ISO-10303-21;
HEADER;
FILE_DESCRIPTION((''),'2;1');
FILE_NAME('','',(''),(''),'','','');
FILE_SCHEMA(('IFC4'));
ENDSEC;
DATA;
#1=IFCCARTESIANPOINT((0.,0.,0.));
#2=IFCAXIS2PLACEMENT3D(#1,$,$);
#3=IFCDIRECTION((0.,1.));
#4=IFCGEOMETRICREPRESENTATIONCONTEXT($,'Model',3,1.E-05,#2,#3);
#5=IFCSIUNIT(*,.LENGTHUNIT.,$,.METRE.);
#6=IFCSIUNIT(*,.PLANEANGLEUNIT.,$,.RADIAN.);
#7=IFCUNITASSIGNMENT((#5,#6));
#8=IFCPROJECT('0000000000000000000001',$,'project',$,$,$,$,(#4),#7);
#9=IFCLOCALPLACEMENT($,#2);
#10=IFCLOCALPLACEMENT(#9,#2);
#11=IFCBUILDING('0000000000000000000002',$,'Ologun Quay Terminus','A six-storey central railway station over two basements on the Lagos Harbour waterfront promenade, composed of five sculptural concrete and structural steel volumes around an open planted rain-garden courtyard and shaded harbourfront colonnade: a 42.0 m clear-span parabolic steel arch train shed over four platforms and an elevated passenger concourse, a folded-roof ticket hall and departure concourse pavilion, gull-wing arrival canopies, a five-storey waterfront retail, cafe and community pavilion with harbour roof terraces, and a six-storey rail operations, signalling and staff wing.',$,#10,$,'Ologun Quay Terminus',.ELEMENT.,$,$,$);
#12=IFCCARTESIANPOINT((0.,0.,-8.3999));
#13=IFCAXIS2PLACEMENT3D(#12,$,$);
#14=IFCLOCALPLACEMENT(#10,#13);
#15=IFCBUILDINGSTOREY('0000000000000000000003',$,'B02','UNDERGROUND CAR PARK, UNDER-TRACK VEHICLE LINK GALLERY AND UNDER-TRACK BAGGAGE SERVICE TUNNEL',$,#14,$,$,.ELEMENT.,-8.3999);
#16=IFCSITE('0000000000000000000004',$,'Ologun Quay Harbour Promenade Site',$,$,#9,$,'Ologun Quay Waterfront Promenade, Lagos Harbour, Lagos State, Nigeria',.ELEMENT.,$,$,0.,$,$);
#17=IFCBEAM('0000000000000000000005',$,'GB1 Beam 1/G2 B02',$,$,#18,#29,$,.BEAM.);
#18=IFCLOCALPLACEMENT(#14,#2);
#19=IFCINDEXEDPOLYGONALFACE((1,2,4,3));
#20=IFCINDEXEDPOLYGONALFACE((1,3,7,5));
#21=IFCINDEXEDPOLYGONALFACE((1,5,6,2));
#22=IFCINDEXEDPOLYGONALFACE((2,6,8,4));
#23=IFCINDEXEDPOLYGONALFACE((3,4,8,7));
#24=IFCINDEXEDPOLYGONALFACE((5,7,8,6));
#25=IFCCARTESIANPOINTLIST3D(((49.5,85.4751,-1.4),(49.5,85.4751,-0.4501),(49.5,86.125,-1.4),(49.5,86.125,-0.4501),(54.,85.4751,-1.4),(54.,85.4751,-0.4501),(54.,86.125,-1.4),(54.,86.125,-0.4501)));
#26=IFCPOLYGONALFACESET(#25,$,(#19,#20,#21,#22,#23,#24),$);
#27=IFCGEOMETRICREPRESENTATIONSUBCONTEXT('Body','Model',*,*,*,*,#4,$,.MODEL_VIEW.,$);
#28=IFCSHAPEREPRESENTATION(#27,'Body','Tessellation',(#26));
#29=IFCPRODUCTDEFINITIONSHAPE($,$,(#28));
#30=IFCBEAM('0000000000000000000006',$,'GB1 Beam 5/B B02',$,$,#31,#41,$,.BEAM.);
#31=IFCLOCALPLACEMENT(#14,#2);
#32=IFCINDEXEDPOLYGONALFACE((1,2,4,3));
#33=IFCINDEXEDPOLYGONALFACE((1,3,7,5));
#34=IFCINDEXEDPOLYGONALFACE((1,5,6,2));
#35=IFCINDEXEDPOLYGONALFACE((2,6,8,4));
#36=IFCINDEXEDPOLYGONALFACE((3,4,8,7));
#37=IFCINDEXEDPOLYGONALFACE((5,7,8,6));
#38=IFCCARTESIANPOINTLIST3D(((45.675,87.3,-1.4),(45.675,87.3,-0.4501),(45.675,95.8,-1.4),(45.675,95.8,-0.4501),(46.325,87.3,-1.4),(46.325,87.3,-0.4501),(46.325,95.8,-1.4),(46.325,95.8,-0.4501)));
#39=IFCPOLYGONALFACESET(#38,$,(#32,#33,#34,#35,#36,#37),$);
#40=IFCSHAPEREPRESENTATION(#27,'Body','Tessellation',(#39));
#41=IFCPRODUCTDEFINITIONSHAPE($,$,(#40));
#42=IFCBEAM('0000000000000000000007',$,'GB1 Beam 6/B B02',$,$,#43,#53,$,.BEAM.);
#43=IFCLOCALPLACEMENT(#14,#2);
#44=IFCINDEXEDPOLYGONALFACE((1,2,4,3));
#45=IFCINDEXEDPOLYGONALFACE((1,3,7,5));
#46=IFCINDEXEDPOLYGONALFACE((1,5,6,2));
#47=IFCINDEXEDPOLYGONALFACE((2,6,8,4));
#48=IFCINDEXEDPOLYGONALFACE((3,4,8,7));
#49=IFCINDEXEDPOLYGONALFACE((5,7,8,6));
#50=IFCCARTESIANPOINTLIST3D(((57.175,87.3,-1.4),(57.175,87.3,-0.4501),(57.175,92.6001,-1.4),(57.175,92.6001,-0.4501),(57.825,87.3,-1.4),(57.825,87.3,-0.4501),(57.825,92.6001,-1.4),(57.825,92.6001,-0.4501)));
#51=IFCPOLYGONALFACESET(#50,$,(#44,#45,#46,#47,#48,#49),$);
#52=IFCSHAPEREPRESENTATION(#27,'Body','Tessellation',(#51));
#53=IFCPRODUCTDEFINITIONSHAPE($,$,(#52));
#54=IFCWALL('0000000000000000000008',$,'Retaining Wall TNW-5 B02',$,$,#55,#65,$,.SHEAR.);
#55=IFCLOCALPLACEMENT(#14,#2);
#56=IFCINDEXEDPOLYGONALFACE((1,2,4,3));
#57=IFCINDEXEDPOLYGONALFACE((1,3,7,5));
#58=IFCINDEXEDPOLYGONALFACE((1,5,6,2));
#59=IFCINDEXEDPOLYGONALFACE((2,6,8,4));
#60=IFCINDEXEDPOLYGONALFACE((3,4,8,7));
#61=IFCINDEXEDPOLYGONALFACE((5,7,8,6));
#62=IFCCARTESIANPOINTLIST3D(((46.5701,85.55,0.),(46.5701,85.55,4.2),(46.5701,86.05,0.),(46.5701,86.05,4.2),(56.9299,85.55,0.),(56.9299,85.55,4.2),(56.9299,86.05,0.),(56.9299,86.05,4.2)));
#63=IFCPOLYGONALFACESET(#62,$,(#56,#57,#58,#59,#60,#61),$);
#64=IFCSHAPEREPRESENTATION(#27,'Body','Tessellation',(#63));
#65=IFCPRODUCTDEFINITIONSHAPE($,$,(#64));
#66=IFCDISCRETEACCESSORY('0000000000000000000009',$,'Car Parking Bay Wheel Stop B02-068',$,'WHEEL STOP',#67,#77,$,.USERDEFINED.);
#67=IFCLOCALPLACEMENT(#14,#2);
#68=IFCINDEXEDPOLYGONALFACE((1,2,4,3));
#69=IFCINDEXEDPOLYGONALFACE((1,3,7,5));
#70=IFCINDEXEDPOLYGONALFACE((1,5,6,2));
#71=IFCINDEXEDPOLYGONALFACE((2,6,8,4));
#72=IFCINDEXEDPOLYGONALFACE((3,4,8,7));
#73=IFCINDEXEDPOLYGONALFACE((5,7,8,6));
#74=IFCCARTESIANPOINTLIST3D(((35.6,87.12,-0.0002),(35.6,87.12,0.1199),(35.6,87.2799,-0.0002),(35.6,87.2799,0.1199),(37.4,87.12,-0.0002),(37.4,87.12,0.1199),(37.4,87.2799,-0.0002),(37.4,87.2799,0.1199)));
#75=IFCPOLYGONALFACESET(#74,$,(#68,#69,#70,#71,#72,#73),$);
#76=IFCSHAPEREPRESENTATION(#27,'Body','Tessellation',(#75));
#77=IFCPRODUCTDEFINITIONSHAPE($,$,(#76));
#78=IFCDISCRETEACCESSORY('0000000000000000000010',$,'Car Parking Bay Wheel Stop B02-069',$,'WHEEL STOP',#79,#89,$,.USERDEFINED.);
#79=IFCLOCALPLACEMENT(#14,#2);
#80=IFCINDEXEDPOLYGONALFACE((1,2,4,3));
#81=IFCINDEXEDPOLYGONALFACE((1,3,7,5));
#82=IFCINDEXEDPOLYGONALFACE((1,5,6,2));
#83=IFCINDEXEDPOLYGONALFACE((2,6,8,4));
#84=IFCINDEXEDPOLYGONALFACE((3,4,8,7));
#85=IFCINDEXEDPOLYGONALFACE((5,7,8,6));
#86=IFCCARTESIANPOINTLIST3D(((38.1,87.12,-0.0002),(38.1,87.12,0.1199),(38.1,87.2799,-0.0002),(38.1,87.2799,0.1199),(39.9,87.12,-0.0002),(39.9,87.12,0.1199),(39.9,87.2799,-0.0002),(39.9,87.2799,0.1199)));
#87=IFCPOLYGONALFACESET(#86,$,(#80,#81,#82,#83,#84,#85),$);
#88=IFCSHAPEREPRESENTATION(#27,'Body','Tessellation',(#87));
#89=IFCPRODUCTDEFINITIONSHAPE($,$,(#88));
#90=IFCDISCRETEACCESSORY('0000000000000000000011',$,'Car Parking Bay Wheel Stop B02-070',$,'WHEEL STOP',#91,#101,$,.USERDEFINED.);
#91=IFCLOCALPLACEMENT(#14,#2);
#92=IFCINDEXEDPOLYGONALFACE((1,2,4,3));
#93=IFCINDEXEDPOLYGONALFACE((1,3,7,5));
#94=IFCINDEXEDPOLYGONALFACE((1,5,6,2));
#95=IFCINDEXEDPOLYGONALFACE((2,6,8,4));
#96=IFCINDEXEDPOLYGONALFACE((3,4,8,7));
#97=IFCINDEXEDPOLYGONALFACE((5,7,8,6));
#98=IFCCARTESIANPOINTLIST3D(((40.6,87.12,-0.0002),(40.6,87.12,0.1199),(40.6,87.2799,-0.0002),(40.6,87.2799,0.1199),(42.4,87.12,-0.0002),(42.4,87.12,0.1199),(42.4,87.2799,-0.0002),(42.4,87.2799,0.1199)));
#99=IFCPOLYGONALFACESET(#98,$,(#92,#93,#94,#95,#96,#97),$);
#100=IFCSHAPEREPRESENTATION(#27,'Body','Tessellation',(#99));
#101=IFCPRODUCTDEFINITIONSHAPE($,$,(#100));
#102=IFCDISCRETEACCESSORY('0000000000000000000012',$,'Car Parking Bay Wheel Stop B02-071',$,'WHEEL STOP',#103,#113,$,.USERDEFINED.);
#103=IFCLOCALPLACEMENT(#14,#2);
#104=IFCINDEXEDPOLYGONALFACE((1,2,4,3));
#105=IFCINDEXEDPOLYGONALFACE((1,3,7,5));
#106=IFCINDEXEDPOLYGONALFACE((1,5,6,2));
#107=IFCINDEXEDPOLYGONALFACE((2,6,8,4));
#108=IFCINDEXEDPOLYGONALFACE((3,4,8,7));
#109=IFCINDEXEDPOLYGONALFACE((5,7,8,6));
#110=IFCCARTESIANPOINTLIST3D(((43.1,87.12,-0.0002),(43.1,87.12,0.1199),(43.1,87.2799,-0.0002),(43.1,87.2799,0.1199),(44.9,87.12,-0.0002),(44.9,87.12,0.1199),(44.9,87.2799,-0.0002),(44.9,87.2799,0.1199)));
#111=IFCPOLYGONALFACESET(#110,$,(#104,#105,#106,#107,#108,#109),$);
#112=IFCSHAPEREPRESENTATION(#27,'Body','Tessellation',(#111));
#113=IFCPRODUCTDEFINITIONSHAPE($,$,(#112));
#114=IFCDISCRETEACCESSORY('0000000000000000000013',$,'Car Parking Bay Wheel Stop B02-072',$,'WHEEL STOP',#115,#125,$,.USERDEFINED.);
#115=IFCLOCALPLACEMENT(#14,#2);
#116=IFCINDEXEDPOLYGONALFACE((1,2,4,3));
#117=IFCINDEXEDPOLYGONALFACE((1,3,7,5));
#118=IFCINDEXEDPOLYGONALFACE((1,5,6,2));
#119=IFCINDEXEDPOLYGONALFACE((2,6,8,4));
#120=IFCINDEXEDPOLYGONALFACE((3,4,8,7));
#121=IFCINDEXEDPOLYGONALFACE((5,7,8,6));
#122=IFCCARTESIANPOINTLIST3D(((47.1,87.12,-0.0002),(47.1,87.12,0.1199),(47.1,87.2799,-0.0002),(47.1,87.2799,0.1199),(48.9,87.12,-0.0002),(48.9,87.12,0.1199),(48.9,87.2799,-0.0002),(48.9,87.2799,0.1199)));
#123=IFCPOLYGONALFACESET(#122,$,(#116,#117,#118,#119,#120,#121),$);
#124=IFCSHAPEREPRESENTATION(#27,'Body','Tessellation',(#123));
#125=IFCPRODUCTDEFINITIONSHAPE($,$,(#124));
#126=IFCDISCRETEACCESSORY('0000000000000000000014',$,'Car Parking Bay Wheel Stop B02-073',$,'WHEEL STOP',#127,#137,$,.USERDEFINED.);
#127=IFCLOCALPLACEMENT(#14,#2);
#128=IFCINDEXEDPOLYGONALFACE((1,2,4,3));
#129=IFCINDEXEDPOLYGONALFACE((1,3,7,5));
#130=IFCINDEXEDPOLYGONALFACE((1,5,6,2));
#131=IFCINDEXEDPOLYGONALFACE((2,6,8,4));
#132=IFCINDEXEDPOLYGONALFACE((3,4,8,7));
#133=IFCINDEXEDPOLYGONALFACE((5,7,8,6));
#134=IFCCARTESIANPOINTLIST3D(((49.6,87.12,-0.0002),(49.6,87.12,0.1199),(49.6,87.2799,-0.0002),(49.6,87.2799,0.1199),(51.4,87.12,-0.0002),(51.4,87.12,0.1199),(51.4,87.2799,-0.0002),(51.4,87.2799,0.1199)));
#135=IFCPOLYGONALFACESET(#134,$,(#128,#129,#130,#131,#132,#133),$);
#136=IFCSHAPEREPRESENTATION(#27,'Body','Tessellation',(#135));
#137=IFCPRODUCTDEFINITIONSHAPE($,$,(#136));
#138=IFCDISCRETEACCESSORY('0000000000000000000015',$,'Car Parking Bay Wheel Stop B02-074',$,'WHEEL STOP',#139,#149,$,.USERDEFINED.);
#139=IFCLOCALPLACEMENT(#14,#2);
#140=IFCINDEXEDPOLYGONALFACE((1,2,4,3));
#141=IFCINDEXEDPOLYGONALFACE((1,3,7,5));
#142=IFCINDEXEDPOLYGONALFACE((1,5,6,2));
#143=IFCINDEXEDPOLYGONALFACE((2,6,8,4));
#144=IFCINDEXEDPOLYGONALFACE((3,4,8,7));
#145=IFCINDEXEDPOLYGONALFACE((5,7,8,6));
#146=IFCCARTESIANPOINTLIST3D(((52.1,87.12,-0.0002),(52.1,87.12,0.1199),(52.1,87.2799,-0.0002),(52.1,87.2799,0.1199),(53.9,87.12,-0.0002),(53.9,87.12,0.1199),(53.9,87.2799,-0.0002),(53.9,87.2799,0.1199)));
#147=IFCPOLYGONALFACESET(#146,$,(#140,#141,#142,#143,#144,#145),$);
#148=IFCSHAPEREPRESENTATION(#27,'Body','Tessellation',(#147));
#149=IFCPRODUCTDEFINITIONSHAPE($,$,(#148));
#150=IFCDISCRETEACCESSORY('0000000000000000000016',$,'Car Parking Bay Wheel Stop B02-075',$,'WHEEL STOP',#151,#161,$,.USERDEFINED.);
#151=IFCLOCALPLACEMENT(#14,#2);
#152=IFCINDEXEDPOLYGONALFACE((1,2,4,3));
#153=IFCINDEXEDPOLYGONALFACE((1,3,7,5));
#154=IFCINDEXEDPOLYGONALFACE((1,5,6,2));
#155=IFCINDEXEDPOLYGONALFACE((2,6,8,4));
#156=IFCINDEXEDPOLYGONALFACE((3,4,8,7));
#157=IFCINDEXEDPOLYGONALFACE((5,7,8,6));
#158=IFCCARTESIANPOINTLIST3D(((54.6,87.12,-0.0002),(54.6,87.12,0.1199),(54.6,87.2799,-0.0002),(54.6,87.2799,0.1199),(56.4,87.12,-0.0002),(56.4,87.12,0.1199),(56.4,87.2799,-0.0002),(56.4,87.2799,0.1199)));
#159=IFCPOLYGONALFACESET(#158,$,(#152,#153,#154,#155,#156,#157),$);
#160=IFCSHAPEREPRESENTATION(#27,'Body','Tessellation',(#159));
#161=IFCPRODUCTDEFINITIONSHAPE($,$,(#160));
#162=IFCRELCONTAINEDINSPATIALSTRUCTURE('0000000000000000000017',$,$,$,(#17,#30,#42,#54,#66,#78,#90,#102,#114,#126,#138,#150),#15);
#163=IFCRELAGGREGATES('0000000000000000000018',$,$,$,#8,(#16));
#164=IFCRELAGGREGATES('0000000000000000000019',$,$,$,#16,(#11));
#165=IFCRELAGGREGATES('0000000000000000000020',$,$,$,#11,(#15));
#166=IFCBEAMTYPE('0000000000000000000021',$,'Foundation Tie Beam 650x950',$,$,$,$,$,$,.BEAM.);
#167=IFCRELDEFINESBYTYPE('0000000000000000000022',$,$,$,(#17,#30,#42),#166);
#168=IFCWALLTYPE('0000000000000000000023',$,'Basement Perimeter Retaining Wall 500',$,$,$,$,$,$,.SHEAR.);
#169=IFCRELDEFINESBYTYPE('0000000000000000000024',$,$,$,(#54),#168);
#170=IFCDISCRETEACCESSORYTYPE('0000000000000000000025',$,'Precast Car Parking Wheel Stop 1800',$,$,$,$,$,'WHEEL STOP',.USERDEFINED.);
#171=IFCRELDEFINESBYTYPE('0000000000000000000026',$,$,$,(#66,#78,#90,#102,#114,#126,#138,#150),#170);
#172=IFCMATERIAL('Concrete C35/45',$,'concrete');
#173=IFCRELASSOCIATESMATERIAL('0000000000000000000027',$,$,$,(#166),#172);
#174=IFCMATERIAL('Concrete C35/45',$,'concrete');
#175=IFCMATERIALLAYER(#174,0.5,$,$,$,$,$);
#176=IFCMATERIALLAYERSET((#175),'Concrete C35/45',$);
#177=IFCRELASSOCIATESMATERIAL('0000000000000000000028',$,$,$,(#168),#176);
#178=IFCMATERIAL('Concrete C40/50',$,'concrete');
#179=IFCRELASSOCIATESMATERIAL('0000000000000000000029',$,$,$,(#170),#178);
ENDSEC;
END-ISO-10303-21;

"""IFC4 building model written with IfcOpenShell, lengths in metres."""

from ifc_helpers import new_model, si_unit, direction, frame, frame_2d, origin, origin_2d, place, context, subcontext, project, spatial, rectangle, extrude, material, layer, layer_set, material_profile, profile_set, type_object, element, save


model = new_model("IFC4")

# Units and contexts
model_context = context("Model", 3, precision=1e-05, world=origin(), true_north=direction((0.0, 1.0)))
body_context = subcontext(model_context, "Body", "Model", "MODEL_VIEW")
ifc_project = project(units=[si_unit("LENGTHUNIT", "METRE"), si_unit("PLANEANGLEUNIT", "RADIAN")], contexts=[model_context])

# Site, building, storey
site_placement = place(None, origin())
site = spatial("IfcSite", under=ifc_project, at=site_placement, Name="Ologun Quay Harbour Promenade Site", LongName="Ologun Quay Waterfront Promenade, Lagos Harbour, Lagos State, Nigeria", CompositionType="ELEMENT", RefElevation=0.0)
building_placement = place(site_placement, origin())
building = spatial("IfcBuilding", under=site, at=building_placement, Name="Ologun Quay Terminus", Description="A six-storey central railway station over two basements on the Lagos Harbour waterfront promenade, composed of five sculptural concrete and structural steel volumes around an open planted rain-garden courtyard and shaded harbourfront colonnade: a 42.0 m clear-span parabolic steel arch train shed over four platforms and an elevated passenger concourse, a folded-roof ticket hall and departure concourse pavilion, gull-wing arrival canopies, a five-storey waterfront retail, cafe and community pavilion with harbour roof terraces, and a six-storey rail operations, signalling and staff wing.", LongName="Ologun Quay Terminus", CompositionType="ELEMENT")
storey_placement = place(building_placement, frame((0.0, 0.0, -8.3999)))
storey = spatial("IfcBuildingStorey", under=building, at=storey_placement, Name="B02", Description="UNDERGROUND CAR PARK, UNDER-TRACK VEHICLE LINK GALLERY AND UNDER-TRACK BAGGAGE SERVICE TUNNEL", CompositionType="ELEMENT", Elevation=-8.3999)

# Beams
ifc_material_1 = material(Name="Concrete C35/45", Category="concrete")
ifc_material_profile_1 = material_profile(ifc_material_1, rectangle(XDim=0.6499, YDim=0.95, at=origin_2d()), Name="RC 650x950")
ifc_profile_set_1 = profile_set([ifc_material_profile_1], Name="Concrete C35/45")
beam_type_1 = type_object("IfcBeamType", Name="Foundation Tie Beam 650x950", PredefinedType="BEAM", material=ifc_profile_set_1)
beam_1_placement = place(storey_placement, frame((49.5, 85.8, -0.925), z_axis=(1.0, 0.0, 0.0), x_axis=(0.0, 1.0, 0.0)))
element("IfcBeam", 1, at=beam_1_placement, inside=storey, type_object=beam_type_1, Name="GB1 Beam 1/G2 B02", PredefinedType="BEAM", context=body_context, shape_type="SweptSolid", body=[
    extrude(rectangle(XDim=0.6499, YDim=0.95, at=origin_2d()), origin(), (0.0, 0.0, 1.0), 4.5),
])
beam_2_placement = place(storey_placement, frame((46.0, 87.3, -0.925), z_axis=(0.0, 1.0, 0.0), x_axis=(-1.0, 0.0, 0.0)))
element("IfcBeam", 2, at=beam_2_placement, inside=storey, type_object=beam_type_1, Name="GB1 Beam 5/B B02", PredefinedType="BEAM", context=body_context, shape_type="SweptSolid", body=[
    extrude(rectangle(XDim=0.6499, YDim=0.95, at=origin_2d()), origin(), (0.0, 0.0, 1.0), 8.5),
])
beam_3_placement = place(storey_placement, frame((57.5, 87.3, -0.925), z_axis=(0.0, 1.0, 0.0), x_axis=(-1.0, 0.0, 0.0)))
element("IfcBeam", 3, at=beam_3_placement, inside=storey, type_object=beam_type_1, Name="GB1 Beam 6/B B02", PredefinedType="BEAM", context=body_context, shape_type="SweptSolid", body=[
    extrude(rectangle(XDim=0.6499, YDim=0.95, at=origin_2d()), origin(), (0.0, 0.0, 1.0), 5.3),
])

# Wall
ifc_material_2 = material(Name="Concrete C35/45", Category="concrete")
ifc_layer = layer(ifc_material_2, 0.5)
ifc_layer_set = layer_set([ifc_layer], Name="Concrete C35/45")
wall_type = type_object("IfcWallType", Name="Basement Perimeter Retaining Wall 500", PredefinedType="SHEAR", material=ifc_layer_set)
wall_placement = place(storey_placement, frame((46.5701, 85.8, 0.0), z_axis=(0.0, 0.0, 1.0), x_axis=(1.0, 0.0, 0.0)))
element("IfcWall", 4, at=wall_placement, inside=storey, type_object=wall_type, Name="Retaining Wall TNW-5 B02", PredefinedType="SHEAR", context=body_context, shape_type="SweptSolid", body=[
    extrude(rectangle(XDim=10.3599, YDim=0.5, at=frame_2d((5.1799, 0.0))), origin(), (0.0, 0.0, 1.0), 4.2),
])

# Discrete accessories
ifc_material_3 = material(Name="Concrete C40/50", Category="concrete")
discrete_accessory_type = type_object("IfcDiscreteAccessoryType", Name="Precast Car Parking Wheel Stop 1800", ElementType="WHEEL STOP", PredefinedType="USERDEFINED", material=ifc_material_3)
for number, where, z_axis, x_axis, name in (
    (5, (36.5, 87.2, -0.0002), (0.0, 0.0, 1.0), (1.0, 0.0, 0.0), "Car Parking Bay Wheel Stop B02-068"),
    (6, (39.0, 87.2, -0.0002), (0.0, 0.0, 1.0), (1.0, 0.0, 0.0), "Car Parking Bay Wheel Stop B02-069"),
    (7, (41.5, 87.2, -0.0002), (0.0, 0.0, 1.0), (1.0, 0.0, 0.0), "Car Parking Bay Wheel Stop B02-070"),
    (8, (44.0, 87.2, -0.0002), (0.0, 0.0, 1.0), (1.0, 0.0, 0.0), "Car Parking Bay Wheel Stop B02-071"),
    (9, (48.0, 87.2, -0.0002), (0.0, 0.0, 1.0), (1.0, 0.0, 0.0), "Car Parking Bay Wheel Stop B02-072"),
    (10, (50.5, 87.2, -0.0002), (0.0, 0.0, 1.0), (1.0, 0.0, 0.0), "Car Parking Bay Wheel Stop B02-073"),
    (11, (53.0, 87.2, -0.0002), (0.0, 0.0, 1.0), (1.0, 0.0, 0.0), "Car Parking Bay Wheel Stop B02-074"),
    (12, (55.5, 87.2, -0.0002), (0.0, 0.0, 1.0), (1.0, 0.0, 0.0), "Car Parking Bay Wheel Stop B02-075"),
):
    element("IfcDiscreteAccessory", number, at=place(storey_placement, frame(where, z_axis=z_axis, x_axis=x_axis)), inside=storey, type_object=discrete_accessory_type, Name=name, ObjectType="WHEEL STOP", PredefinedType="USERDEFINED", context=body_context, shape_type="SweptSolid", body=[
        extrude(rectangle(XDim=1.8, YDim=0.1599, at=origin_2d()), origin(), (0.0, 0.0, 1.0), 0.1201),
    ])

save(model, "model.ifc")
